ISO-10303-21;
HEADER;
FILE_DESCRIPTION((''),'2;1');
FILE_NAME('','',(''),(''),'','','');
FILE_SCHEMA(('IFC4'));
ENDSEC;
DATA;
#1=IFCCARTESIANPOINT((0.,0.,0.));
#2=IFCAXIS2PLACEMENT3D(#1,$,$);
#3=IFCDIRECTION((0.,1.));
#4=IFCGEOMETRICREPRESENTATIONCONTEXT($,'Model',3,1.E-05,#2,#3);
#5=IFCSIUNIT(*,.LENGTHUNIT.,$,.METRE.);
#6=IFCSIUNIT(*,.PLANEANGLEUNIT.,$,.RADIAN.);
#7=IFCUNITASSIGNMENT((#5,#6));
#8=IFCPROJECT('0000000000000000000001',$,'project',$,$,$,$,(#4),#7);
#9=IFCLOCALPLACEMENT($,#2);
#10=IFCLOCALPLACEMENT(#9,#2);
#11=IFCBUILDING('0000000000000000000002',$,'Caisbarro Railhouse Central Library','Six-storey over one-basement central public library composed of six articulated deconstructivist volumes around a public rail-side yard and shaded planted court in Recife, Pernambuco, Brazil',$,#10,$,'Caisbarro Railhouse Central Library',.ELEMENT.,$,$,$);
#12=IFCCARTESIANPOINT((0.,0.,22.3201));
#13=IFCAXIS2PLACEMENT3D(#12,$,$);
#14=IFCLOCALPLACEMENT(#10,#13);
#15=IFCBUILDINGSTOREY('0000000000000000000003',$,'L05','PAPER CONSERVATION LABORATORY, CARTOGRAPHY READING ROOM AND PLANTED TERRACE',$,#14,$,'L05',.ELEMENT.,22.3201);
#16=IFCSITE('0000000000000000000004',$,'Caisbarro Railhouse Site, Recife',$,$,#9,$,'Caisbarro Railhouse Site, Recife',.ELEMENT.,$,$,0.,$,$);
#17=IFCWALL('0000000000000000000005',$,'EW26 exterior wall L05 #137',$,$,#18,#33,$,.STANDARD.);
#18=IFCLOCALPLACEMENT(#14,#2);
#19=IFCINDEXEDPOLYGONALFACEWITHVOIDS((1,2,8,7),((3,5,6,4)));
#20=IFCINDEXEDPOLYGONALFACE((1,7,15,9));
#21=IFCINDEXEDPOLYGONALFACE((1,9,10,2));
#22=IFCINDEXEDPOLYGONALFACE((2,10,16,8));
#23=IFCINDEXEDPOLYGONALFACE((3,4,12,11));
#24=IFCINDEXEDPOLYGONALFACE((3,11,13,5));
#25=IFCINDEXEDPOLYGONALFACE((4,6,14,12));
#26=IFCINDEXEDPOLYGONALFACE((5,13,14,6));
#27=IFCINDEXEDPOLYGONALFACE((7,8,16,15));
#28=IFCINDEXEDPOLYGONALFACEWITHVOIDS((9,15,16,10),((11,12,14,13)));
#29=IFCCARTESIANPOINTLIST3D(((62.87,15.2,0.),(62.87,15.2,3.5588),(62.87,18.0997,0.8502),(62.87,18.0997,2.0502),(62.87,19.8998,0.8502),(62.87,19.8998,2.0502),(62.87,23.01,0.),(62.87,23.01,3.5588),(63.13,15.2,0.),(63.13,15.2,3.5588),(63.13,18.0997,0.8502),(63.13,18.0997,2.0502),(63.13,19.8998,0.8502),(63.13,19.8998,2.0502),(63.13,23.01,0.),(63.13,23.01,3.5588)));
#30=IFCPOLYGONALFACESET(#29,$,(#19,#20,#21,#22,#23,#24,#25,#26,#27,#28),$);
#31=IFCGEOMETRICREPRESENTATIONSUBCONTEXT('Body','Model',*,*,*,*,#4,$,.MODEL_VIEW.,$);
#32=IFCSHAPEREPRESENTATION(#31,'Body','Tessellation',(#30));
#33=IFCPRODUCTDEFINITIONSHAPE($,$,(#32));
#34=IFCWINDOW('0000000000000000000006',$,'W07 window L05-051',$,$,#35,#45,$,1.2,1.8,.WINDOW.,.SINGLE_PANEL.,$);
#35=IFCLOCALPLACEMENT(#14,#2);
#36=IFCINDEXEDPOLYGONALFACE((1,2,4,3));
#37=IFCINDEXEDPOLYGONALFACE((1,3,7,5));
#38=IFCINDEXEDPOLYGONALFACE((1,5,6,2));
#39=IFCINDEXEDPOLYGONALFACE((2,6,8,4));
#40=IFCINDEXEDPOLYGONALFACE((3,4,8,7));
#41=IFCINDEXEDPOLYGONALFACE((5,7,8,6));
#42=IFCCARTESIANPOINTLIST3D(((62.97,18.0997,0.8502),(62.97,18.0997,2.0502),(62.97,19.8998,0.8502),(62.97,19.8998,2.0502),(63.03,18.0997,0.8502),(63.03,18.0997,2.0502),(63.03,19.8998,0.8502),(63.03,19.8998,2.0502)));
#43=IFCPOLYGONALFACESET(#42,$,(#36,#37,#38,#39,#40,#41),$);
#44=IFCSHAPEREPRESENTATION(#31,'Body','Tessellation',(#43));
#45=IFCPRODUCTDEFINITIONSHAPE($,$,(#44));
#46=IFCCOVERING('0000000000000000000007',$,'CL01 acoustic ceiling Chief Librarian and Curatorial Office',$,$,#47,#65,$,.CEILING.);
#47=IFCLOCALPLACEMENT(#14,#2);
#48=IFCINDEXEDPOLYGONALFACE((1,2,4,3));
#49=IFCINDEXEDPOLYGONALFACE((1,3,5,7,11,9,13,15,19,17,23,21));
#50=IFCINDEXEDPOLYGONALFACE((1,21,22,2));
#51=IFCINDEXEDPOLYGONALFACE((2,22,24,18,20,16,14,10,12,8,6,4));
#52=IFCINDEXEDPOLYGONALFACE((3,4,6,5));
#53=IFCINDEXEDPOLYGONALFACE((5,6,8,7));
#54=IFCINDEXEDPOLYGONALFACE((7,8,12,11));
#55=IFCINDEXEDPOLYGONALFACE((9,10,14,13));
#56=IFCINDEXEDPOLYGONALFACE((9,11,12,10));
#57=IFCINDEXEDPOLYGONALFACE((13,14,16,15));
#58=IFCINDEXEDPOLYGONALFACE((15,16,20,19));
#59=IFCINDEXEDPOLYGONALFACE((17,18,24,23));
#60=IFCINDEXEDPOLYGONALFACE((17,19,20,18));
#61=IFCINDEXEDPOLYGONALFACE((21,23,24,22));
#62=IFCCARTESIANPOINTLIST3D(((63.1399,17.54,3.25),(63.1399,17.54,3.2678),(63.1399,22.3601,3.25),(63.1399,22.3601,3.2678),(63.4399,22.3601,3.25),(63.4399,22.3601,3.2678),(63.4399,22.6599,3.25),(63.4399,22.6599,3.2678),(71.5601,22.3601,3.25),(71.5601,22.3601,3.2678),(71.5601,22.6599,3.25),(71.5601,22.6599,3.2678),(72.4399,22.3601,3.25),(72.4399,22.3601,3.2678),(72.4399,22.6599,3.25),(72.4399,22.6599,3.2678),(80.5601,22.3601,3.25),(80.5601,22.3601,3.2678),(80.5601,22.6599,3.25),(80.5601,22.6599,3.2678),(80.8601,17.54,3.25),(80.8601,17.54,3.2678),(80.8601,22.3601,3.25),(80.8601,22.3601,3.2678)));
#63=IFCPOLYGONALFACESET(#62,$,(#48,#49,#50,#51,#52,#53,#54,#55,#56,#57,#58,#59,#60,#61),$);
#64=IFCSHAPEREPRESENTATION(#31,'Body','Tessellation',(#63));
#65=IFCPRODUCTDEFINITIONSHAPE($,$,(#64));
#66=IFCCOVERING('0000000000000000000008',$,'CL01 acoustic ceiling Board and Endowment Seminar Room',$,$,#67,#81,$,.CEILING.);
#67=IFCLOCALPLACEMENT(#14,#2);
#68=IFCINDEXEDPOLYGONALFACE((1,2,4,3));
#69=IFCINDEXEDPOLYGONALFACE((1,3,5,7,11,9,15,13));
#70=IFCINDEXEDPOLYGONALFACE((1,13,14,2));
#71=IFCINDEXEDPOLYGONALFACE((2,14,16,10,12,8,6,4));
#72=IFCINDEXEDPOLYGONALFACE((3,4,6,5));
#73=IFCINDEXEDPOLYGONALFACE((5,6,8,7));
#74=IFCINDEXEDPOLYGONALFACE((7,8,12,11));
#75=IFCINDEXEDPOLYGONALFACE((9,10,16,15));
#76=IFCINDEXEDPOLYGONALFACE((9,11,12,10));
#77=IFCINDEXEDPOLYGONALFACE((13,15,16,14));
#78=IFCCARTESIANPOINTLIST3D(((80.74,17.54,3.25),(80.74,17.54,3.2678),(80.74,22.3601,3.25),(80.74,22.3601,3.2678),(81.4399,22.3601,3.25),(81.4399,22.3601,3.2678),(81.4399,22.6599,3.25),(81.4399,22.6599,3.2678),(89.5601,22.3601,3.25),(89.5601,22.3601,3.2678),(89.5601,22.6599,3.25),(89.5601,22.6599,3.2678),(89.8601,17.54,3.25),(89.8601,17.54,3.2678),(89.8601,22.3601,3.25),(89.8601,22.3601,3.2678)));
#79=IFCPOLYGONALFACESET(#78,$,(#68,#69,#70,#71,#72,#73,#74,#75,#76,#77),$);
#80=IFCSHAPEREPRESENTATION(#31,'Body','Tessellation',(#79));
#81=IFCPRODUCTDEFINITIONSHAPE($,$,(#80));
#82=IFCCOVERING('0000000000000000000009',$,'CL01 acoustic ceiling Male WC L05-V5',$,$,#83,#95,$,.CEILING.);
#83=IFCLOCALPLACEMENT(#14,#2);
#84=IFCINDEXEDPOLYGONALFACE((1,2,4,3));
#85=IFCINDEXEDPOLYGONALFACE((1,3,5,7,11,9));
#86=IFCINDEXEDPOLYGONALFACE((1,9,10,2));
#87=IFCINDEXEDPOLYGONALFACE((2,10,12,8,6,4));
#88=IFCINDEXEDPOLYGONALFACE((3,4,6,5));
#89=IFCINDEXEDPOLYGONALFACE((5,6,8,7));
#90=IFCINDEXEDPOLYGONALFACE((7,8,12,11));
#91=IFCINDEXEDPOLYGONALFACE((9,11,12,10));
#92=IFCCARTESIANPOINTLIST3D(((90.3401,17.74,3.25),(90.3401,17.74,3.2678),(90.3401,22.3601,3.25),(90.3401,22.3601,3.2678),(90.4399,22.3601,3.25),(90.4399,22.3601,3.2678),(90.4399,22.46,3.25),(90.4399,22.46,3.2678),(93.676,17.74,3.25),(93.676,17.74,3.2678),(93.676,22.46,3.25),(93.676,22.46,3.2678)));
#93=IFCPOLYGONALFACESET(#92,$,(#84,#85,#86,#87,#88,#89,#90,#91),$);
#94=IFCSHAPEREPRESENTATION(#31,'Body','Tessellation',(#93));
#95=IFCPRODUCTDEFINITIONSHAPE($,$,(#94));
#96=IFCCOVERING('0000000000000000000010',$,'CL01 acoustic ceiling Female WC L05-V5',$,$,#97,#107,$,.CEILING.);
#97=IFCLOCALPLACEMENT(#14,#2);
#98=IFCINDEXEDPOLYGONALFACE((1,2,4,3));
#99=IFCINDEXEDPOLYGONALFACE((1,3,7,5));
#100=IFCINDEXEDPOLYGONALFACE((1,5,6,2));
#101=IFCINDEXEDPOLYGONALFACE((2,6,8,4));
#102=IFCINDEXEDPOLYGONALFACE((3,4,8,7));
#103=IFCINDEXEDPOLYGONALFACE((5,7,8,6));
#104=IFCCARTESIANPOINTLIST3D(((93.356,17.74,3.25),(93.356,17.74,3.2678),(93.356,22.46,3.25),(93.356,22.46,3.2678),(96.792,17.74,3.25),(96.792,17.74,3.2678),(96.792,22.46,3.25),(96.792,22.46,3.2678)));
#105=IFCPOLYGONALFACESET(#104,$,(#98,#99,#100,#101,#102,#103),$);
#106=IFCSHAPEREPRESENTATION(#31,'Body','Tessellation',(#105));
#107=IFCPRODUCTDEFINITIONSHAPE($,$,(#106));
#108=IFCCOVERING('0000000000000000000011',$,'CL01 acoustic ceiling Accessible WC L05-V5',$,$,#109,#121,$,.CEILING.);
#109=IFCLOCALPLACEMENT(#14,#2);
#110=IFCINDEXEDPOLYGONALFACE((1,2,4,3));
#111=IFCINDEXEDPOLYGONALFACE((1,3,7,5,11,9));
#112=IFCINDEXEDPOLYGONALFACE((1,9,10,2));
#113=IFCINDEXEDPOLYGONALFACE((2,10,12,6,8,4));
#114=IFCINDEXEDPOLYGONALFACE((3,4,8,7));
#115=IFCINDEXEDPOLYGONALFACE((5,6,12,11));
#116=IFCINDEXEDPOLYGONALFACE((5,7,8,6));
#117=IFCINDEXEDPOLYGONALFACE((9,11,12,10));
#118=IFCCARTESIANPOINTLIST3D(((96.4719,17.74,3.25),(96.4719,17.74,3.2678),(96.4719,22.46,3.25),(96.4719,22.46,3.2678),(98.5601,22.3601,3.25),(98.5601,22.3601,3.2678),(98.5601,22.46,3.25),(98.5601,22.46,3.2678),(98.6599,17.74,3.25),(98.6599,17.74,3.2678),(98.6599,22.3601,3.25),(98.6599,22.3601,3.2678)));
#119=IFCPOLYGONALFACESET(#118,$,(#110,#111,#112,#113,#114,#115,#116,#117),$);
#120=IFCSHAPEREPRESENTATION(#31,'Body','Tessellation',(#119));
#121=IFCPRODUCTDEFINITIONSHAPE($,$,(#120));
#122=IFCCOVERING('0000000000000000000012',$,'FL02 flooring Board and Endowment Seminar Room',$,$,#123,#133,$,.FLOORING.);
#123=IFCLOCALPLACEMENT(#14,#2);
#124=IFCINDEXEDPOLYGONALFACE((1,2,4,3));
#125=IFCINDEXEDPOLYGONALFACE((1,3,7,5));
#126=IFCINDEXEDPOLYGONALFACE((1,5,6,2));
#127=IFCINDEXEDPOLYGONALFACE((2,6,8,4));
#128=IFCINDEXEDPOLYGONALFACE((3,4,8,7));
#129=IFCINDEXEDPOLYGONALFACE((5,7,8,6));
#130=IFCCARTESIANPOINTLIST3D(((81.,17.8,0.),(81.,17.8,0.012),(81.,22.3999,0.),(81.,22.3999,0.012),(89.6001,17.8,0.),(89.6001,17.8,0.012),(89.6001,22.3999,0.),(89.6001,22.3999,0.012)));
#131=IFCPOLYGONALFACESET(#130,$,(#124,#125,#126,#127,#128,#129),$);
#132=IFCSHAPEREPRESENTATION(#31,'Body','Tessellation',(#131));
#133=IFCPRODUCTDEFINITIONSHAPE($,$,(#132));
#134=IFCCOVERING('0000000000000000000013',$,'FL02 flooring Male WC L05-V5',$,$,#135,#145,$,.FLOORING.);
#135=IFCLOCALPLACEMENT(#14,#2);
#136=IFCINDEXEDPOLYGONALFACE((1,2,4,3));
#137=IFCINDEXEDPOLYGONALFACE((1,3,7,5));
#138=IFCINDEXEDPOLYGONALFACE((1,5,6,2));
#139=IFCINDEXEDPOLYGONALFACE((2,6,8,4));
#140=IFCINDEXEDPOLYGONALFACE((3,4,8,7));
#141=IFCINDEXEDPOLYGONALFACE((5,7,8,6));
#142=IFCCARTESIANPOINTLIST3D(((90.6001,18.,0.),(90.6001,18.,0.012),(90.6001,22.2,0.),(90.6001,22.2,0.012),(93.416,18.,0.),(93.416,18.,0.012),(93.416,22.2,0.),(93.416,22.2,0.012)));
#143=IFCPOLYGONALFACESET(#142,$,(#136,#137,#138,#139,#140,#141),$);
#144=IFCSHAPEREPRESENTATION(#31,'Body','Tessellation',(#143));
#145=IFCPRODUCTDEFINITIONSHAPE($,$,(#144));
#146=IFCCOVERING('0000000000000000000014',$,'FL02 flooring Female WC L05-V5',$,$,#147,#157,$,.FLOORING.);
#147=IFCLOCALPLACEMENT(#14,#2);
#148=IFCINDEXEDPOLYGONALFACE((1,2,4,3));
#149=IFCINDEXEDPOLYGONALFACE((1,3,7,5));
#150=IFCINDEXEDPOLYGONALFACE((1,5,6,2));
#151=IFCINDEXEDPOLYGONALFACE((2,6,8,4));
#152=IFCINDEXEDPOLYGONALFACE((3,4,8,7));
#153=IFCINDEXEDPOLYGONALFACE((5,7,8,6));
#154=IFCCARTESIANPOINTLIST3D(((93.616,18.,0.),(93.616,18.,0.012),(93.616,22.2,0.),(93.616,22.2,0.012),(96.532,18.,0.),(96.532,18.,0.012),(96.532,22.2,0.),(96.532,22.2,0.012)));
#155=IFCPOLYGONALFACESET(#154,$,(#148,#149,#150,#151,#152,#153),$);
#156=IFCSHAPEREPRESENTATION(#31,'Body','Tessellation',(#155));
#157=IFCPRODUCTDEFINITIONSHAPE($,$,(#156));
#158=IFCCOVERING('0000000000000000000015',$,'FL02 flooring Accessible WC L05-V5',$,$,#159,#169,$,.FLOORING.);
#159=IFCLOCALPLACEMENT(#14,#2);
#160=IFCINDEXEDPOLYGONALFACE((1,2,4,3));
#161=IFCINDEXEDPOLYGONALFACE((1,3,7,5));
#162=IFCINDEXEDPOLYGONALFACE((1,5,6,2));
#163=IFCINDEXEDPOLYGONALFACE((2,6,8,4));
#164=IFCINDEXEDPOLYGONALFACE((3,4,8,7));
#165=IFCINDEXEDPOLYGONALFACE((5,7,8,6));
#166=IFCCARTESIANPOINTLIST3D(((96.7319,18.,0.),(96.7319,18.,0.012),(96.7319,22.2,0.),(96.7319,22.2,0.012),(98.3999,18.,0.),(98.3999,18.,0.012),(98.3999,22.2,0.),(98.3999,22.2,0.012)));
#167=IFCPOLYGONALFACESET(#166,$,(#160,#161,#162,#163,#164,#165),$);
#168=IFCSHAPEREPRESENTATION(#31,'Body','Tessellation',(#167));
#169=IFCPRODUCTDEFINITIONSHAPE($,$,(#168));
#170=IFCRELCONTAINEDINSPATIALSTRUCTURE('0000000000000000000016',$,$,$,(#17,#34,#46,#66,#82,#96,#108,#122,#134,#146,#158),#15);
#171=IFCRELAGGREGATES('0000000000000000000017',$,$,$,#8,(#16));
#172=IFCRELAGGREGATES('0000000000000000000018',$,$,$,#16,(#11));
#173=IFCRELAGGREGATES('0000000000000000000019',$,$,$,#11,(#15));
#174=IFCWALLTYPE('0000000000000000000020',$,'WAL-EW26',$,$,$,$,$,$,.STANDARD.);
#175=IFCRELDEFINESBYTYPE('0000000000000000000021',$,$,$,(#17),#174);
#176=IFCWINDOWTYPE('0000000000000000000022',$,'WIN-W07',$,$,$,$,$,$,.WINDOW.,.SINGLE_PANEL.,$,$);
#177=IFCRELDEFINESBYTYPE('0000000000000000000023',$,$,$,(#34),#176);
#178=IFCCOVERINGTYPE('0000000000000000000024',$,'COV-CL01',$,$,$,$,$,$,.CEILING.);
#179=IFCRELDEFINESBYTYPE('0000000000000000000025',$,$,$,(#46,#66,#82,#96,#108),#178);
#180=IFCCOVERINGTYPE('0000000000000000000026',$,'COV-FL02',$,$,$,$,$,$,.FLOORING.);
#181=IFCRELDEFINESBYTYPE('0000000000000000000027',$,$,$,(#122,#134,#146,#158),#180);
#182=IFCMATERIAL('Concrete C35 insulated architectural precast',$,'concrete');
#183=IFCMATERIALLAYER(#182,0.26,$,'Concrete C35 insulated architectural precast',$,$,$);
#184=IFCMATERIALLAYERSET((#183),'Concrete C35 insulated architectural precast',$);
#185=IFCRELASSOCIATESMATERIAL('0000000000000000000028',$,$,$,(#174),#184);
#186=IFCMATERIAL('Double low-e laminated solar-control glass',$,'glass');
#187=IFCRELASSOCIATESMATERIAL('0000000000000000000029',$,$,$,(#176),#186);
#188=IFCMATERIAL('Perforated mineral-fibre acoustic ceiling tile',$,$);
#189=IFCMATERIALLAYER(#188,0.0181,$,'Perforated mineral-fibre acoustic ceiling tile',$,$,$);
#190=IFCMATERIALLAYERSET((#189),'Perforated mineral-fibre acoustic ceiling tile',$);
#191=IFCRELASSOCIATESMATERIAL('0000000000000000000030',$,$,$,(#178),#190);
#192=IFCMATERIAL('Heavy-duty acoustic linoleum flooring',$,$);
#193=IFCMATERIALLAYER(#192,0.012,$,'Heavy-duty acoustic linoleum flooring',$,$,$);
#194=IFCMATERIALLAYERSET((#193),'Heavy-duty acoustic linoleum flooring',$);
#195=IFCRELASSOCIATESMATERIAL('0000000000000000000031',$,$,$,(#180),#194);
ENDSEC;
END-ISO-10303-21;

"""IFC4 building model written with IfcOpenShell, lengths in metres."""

from ifc_helpers import new_model, si_unit, direction, frame, frame_2d, origin, place, context, subcontext, project, spatial, polyline, rectangle, outline, extrude, material, layer, layer_set, type_object, element, fill, save


model = new_model("IFC4")

# Units and contexts
model_context = context("Model", 3, precision=1e-05, world=origin(), true_north=direction((0.0, 1.0)))
body_context = subcontext(model_context, "Body", "Model", "MODEL_VIEW")
ifc_project = project(units=[si_unit("LENGTHUNIT", "METRE"), si_unit("PLANEANGLEUNIT", "RADIAN")], contexts=[model_context])

# Site, building, storey
site_placement = place(None, origin())
site = spatial("IfcSite", under=ifc_project, at=site_placement, Name="Caisbarro Railhouse Site, Recife", LongName="Caisbarro Railhouse Site, Recife", CompositionType="ELEMENT", RefElevation=0.0)
building_placement = place(site_placement, origin())
building = spatial("IfcBuilding", under=site, at=building_placement, Name="Caisbarro Railhouse Central Library", Description="Six-storey over one-basement central public library composed of six articulated deconstructivist volumes around a public rail-side yard and shaded planted court in Recife, Pernambuco, Brazil", LongName="Caisbarro Railhouse Central Library", CompositionType="ELEMENT")
storey_placement = place(building_placement, frame((0.0, 0.0, 22.3201)))
storey = spatial("IfcBuildingStorey", under=building, at=storey_placement, Name="L05", Description="PAPER CONSERVATION LABORATORY, CARTOGRAPHY READING ROOM AND PLANTED TERRACE", LongName="L05", CompositionType="ELEMENT", Elevation=22.3201)

# Shared definitions
ifc_material_1 = material(Name="Concrete C35 insulated architectural precast", Category="concrete")
ifc_layer_1 = layer(ifc_material_1, 0.26, Name="Concrete C35 insulated architectural precast")
ifc_layer_set_1 = layer_set([ifc_layer_1], Name="Concrete C35 insulated architectural precast")
wall_type = type_object("IfcWallType", Name="WAL-EW26", PredefinedType="STANDARD", material=ifc_layer_set_1)

# Wall, opening, window
ifc_material_2 = material(Name="Double low-e laminated solar-control glass", Category="glass")
wall_1_placement = place(storey_placement, frame((63.0, 15.2, 0.0), z_axis=(0.0, 0.0, 1.0), x_axis=(0.0, 1.0, 0.0)))
wall_1 = element("IfcWall", 1, at=wall_1_placement, inside=storey, type_object=wall_type, Name="EW26 exterior wall L05 #137", PredefinedType="STANDARD", context=body_context, shape_type="SweptSolid", body=[
    extrude(rectangle(XDim=7.8101, YDim=0.26, at=frame_2d((3.905, 0.0))), origin(), (0.0, 0.0, 1.0), 3.5588),
])
opening_1_placement = place(wall_1_placement, frame((2.8999, 0.0, 0.8501)))
opening_1 = element("IfcOpeningElement", 2, at=opening_1_placement, cuts=wall_1, PredefinedType="OPENING", context=body_context, shape_type="SweptSolid", body=[
    extrude(rectangle(XDim=1.8, YDim=1.2, at=frame_2d((0.8999, 0.6001))), frame((0.0, 0.1401, 0.0), z_axis=(0.0, -1.0, 0.0), x_axis=(1.0, 0.0, 0.0)), (0.0, 0.0, 1.0), 0.28),
])
window_type_1 = type_object("IfcWindowType", Name="WIN-W07", PartitioningType="SINGLE_PANEL", PredefinedType="WINDOW", material=ifc_material_2)
window_1_placement = place(opening_1_placement, origin())
window_1 = element("IfcWindow", 3, at=window_1_placement, inside=storey, type_object=window_type_1, Name="W07 window L05-051", OverallHeight=1.2, OverallWidth=1.8, PartitioningType="SINGLE_PANEL", PredefinedType="WINDOW", context=body_context, shape_type="SweptSolid", body=[
    extrude(rectangle(XDim=1.8, YDim=1.2, at=frame_2d((0.8999, 0.6001))), frame((0.0, 0.03, 0.0), z_axis=(0.0, -1.0, 0.0), x_axis=(1.0, 0.0, 0.0)), (0.0, 0.0, 1.0), 0.0601),
])
fill(opening_1, window_1)

# Coverings
ifc_material_3 = material(Name="Perforated mineral-fibre acoustic ceiling tile")
ifc_layer_2 = layer(ifc_material_3, 0.0181, Name="Perforated mineral-fibre acoustic ceiling tile")
ifc_layer_set_2 = layer_set([ifc_layer_2], Name="Perforated mineral-fibre acoustic ceiling tile")
covering_type_1 = type_object("IfcCoveringType", Name="COV-CL01", PredefinedType="CEILING", material=ifc_layer_set_2)
covering_1_placement = place(storey_placement, frame((0.0, 0.0, 3.25)))
element("IfcCovering", 4, at=covering_1_placement, inside=storey, type_object=covering_type_1, Name="CL01 acoustic ceiling Chief Librarian and Curatorial Office", PredefinedType="CEILING", context=body_context, shape_type="SweptSolid", body=[
    extrude(outline(polyline([(63.4399, 22.6599), (71.5601, 22.6599), (71.5601, 22.3601), (72.4399, 22.3601), (72.4399, 22.6599), (80.5601, 22.6599), (80.5601, 22.3601), (80.8601, 22.3601), (80.8601, 17.54), (63.1399, 17.54), (63.1399, 22.3601), (63.4399, 22.3601), (63.4399, 22.6599)])), origin(), (0.0, 0.0, 1.0), 0.0178),
])
covering_2_placement = place(storey_placement, frame((0.0, 0.0, 3.25)))
element("IfcCovering", 5, at=covering_2_placement, inside=storey, type_object=covering_type_1, Name="CL01 acoustic ceiling Board and Endowment Seminar Room", PredefinedType="CEILING", context=body_context, shape_type="SweptSolid", body=[
    extrude(outline(polyline([(81.4399, 22.3601), (81.4399, 22.6599), (89.5601, 22.6599), (89.5601, 22.3601), (89.8601, 22.3601), (89.8601, 17.54), (80.74, 17.54), (80.74, 22.3601), (81.4399, 22.3601)])), origin(), (0.0, 0.0, 1.0), 0.0178),
])
covering_3_placement = place(storey_placement, frame((0.0, 0.0, 3.25)))
element("IfcCovering", 6, at=covering_3_placement, inside=storey, type_object=covering_type_1, Name="CL01 acoustic ceiling Male WC L05-V5", PredefinedType="CEILING", context=body_context, shape_type="SweptSolid", body=[
    extrude(outline(polyline([(90.3401, 22.3601), (90.4399, 22.3601), (90.4399, 22.46), (93.676, 22.46), (93.676, 17.74), (90.3401, 17.74), (90.3401, 22.3601)])), origin(), (0.0, 0.0, 1.0), 0.0178),
])
covering_4_placement = place(storey_placement, frame((0.0, 0.0, 3.25)))
element("IfcCovering", 7, at=covering_4_placement, inside=storey, type_object=covering_type_1, Name="CL01 acoustic ceiling Female WC L05-V5", PredefinedType="CEILING", context=body_context, shape_type="SweptSolid", body=[
    extrude(outline(polyline([(93.356, 17.74), (93.356, 22.46), (96.792, 22.46), (96.792, 17.74), (93.356, 17.74)])), origin(), (0.0, 0.0, 1.0), 0.0178),
])
covering_5_placement = place(storey_placement, frame((0.0, 0.0, 3.25)))
element("IfcCovering", 8, at=covering_5_placement, inside=storey, type_object=covering_type_1, Name="CL01 acoustic ceiling Accessible WC L05-V5", PredefinedType="CEILING", context=body_context, shape_type="SweptSolid", body=[
    extrude(outline(polyline([(96.4719, 22.46), (98.5601, 22.46), (98.5601, 22.3601), (98.6599, 22.3601), (98.6599, 17.74), (96.4719, 17.74), (96.4719, 22.46)])), origin(), (0.0, 0.0, 1.0), 0.0178),
])
ifc_material_4 = material(Name="Heavy-duty acoustic linoleum flooring")
ifc_layer_3 = layer(ifc_material_4, 0.012, Name="Heavy-duty acoustic linoleum flooring")
ifc_layer_set_3 = layer_set([ifc_layer_3], Name="Heavy-duty acoustic linoleum flooring")
covering_type_2 = type_object("IfcCoveringType", Name="COV-FL02", PredefinedType="FLOORING", material=ifc_layer_set_3)
covering_6_placement = place(storey_placement, origin())
element("IfcCovering", 9, at=covering_6_placement, inside=storey, type_object=covering_type_2, Name="FL02 flooring Board and Endowment Seminar Room", PredefinedType="FLOORING", context=body_context, shape_type="SweptSolid", body=[
    extrude(outline(polyline([(81.0, 17.8), (89.6001, 17.8), (89.6001, 22.3999), (81.0, 22.3999), (81.0, 17.8)])), origin(), (0.0, 0.0, 1.0), 0.012),
])
covering_7_placement = place(storey_placement, origin())
element("IfcCovering", 10, at=covering_7_placement, inside=storey, type_object=covering_type_2, Name="FL02 flooring Male WC L05-V5", PredefinedType="FLOORING", context=body_context, shape_type="SweptSolid", body=[
    extrude(outline(polyline([(90.6001, 18.0), (93.416, 18.0), (93.416, 22.2), (90.6001, 22.2), (90.6001, 18.0)])), origin(), (0.0, 0.0, 1.0), 0.012),
])
covering_8_placement = place(storey_placement, origin())
element("IfcCovering", 11, at=covering_8_placement, inside=storey, type_object=covering_type_2, Name="FL02 flooring Female WC L05-V5", PredefinedType="FLOORING", context=body_context, shape_type="SweptSolid", body=[
    extrude(outline(polyline([(93.616, 18.0), (96.532, 18.0), (96.532, 22.2), (93.616, 22.2), (93.616, 18.0)])), origin(), (0.0, 0.0, 1.0), 0.012),
])
covering_9_placement = place(storey_placement, origin())
element("IfcCovering", 12, at=covering_9_placement, inside=storey, type_object=covering_type_2, Name="FL02 flooring Accessible WC L05-V5", PredefinedType="FLOORING", context=body_context, shape_type="SweptSolid", body=[
    extrude(outline(polyline([(96.7319, 18.0), (98.3999, 18.0), (98.3999, 22.2), (96.7319, 22.2), (96.7319, 18.0)])), origin(), (0.0, 0.0, 1.0), 0.012),
])

save(model, "model.ifc")
